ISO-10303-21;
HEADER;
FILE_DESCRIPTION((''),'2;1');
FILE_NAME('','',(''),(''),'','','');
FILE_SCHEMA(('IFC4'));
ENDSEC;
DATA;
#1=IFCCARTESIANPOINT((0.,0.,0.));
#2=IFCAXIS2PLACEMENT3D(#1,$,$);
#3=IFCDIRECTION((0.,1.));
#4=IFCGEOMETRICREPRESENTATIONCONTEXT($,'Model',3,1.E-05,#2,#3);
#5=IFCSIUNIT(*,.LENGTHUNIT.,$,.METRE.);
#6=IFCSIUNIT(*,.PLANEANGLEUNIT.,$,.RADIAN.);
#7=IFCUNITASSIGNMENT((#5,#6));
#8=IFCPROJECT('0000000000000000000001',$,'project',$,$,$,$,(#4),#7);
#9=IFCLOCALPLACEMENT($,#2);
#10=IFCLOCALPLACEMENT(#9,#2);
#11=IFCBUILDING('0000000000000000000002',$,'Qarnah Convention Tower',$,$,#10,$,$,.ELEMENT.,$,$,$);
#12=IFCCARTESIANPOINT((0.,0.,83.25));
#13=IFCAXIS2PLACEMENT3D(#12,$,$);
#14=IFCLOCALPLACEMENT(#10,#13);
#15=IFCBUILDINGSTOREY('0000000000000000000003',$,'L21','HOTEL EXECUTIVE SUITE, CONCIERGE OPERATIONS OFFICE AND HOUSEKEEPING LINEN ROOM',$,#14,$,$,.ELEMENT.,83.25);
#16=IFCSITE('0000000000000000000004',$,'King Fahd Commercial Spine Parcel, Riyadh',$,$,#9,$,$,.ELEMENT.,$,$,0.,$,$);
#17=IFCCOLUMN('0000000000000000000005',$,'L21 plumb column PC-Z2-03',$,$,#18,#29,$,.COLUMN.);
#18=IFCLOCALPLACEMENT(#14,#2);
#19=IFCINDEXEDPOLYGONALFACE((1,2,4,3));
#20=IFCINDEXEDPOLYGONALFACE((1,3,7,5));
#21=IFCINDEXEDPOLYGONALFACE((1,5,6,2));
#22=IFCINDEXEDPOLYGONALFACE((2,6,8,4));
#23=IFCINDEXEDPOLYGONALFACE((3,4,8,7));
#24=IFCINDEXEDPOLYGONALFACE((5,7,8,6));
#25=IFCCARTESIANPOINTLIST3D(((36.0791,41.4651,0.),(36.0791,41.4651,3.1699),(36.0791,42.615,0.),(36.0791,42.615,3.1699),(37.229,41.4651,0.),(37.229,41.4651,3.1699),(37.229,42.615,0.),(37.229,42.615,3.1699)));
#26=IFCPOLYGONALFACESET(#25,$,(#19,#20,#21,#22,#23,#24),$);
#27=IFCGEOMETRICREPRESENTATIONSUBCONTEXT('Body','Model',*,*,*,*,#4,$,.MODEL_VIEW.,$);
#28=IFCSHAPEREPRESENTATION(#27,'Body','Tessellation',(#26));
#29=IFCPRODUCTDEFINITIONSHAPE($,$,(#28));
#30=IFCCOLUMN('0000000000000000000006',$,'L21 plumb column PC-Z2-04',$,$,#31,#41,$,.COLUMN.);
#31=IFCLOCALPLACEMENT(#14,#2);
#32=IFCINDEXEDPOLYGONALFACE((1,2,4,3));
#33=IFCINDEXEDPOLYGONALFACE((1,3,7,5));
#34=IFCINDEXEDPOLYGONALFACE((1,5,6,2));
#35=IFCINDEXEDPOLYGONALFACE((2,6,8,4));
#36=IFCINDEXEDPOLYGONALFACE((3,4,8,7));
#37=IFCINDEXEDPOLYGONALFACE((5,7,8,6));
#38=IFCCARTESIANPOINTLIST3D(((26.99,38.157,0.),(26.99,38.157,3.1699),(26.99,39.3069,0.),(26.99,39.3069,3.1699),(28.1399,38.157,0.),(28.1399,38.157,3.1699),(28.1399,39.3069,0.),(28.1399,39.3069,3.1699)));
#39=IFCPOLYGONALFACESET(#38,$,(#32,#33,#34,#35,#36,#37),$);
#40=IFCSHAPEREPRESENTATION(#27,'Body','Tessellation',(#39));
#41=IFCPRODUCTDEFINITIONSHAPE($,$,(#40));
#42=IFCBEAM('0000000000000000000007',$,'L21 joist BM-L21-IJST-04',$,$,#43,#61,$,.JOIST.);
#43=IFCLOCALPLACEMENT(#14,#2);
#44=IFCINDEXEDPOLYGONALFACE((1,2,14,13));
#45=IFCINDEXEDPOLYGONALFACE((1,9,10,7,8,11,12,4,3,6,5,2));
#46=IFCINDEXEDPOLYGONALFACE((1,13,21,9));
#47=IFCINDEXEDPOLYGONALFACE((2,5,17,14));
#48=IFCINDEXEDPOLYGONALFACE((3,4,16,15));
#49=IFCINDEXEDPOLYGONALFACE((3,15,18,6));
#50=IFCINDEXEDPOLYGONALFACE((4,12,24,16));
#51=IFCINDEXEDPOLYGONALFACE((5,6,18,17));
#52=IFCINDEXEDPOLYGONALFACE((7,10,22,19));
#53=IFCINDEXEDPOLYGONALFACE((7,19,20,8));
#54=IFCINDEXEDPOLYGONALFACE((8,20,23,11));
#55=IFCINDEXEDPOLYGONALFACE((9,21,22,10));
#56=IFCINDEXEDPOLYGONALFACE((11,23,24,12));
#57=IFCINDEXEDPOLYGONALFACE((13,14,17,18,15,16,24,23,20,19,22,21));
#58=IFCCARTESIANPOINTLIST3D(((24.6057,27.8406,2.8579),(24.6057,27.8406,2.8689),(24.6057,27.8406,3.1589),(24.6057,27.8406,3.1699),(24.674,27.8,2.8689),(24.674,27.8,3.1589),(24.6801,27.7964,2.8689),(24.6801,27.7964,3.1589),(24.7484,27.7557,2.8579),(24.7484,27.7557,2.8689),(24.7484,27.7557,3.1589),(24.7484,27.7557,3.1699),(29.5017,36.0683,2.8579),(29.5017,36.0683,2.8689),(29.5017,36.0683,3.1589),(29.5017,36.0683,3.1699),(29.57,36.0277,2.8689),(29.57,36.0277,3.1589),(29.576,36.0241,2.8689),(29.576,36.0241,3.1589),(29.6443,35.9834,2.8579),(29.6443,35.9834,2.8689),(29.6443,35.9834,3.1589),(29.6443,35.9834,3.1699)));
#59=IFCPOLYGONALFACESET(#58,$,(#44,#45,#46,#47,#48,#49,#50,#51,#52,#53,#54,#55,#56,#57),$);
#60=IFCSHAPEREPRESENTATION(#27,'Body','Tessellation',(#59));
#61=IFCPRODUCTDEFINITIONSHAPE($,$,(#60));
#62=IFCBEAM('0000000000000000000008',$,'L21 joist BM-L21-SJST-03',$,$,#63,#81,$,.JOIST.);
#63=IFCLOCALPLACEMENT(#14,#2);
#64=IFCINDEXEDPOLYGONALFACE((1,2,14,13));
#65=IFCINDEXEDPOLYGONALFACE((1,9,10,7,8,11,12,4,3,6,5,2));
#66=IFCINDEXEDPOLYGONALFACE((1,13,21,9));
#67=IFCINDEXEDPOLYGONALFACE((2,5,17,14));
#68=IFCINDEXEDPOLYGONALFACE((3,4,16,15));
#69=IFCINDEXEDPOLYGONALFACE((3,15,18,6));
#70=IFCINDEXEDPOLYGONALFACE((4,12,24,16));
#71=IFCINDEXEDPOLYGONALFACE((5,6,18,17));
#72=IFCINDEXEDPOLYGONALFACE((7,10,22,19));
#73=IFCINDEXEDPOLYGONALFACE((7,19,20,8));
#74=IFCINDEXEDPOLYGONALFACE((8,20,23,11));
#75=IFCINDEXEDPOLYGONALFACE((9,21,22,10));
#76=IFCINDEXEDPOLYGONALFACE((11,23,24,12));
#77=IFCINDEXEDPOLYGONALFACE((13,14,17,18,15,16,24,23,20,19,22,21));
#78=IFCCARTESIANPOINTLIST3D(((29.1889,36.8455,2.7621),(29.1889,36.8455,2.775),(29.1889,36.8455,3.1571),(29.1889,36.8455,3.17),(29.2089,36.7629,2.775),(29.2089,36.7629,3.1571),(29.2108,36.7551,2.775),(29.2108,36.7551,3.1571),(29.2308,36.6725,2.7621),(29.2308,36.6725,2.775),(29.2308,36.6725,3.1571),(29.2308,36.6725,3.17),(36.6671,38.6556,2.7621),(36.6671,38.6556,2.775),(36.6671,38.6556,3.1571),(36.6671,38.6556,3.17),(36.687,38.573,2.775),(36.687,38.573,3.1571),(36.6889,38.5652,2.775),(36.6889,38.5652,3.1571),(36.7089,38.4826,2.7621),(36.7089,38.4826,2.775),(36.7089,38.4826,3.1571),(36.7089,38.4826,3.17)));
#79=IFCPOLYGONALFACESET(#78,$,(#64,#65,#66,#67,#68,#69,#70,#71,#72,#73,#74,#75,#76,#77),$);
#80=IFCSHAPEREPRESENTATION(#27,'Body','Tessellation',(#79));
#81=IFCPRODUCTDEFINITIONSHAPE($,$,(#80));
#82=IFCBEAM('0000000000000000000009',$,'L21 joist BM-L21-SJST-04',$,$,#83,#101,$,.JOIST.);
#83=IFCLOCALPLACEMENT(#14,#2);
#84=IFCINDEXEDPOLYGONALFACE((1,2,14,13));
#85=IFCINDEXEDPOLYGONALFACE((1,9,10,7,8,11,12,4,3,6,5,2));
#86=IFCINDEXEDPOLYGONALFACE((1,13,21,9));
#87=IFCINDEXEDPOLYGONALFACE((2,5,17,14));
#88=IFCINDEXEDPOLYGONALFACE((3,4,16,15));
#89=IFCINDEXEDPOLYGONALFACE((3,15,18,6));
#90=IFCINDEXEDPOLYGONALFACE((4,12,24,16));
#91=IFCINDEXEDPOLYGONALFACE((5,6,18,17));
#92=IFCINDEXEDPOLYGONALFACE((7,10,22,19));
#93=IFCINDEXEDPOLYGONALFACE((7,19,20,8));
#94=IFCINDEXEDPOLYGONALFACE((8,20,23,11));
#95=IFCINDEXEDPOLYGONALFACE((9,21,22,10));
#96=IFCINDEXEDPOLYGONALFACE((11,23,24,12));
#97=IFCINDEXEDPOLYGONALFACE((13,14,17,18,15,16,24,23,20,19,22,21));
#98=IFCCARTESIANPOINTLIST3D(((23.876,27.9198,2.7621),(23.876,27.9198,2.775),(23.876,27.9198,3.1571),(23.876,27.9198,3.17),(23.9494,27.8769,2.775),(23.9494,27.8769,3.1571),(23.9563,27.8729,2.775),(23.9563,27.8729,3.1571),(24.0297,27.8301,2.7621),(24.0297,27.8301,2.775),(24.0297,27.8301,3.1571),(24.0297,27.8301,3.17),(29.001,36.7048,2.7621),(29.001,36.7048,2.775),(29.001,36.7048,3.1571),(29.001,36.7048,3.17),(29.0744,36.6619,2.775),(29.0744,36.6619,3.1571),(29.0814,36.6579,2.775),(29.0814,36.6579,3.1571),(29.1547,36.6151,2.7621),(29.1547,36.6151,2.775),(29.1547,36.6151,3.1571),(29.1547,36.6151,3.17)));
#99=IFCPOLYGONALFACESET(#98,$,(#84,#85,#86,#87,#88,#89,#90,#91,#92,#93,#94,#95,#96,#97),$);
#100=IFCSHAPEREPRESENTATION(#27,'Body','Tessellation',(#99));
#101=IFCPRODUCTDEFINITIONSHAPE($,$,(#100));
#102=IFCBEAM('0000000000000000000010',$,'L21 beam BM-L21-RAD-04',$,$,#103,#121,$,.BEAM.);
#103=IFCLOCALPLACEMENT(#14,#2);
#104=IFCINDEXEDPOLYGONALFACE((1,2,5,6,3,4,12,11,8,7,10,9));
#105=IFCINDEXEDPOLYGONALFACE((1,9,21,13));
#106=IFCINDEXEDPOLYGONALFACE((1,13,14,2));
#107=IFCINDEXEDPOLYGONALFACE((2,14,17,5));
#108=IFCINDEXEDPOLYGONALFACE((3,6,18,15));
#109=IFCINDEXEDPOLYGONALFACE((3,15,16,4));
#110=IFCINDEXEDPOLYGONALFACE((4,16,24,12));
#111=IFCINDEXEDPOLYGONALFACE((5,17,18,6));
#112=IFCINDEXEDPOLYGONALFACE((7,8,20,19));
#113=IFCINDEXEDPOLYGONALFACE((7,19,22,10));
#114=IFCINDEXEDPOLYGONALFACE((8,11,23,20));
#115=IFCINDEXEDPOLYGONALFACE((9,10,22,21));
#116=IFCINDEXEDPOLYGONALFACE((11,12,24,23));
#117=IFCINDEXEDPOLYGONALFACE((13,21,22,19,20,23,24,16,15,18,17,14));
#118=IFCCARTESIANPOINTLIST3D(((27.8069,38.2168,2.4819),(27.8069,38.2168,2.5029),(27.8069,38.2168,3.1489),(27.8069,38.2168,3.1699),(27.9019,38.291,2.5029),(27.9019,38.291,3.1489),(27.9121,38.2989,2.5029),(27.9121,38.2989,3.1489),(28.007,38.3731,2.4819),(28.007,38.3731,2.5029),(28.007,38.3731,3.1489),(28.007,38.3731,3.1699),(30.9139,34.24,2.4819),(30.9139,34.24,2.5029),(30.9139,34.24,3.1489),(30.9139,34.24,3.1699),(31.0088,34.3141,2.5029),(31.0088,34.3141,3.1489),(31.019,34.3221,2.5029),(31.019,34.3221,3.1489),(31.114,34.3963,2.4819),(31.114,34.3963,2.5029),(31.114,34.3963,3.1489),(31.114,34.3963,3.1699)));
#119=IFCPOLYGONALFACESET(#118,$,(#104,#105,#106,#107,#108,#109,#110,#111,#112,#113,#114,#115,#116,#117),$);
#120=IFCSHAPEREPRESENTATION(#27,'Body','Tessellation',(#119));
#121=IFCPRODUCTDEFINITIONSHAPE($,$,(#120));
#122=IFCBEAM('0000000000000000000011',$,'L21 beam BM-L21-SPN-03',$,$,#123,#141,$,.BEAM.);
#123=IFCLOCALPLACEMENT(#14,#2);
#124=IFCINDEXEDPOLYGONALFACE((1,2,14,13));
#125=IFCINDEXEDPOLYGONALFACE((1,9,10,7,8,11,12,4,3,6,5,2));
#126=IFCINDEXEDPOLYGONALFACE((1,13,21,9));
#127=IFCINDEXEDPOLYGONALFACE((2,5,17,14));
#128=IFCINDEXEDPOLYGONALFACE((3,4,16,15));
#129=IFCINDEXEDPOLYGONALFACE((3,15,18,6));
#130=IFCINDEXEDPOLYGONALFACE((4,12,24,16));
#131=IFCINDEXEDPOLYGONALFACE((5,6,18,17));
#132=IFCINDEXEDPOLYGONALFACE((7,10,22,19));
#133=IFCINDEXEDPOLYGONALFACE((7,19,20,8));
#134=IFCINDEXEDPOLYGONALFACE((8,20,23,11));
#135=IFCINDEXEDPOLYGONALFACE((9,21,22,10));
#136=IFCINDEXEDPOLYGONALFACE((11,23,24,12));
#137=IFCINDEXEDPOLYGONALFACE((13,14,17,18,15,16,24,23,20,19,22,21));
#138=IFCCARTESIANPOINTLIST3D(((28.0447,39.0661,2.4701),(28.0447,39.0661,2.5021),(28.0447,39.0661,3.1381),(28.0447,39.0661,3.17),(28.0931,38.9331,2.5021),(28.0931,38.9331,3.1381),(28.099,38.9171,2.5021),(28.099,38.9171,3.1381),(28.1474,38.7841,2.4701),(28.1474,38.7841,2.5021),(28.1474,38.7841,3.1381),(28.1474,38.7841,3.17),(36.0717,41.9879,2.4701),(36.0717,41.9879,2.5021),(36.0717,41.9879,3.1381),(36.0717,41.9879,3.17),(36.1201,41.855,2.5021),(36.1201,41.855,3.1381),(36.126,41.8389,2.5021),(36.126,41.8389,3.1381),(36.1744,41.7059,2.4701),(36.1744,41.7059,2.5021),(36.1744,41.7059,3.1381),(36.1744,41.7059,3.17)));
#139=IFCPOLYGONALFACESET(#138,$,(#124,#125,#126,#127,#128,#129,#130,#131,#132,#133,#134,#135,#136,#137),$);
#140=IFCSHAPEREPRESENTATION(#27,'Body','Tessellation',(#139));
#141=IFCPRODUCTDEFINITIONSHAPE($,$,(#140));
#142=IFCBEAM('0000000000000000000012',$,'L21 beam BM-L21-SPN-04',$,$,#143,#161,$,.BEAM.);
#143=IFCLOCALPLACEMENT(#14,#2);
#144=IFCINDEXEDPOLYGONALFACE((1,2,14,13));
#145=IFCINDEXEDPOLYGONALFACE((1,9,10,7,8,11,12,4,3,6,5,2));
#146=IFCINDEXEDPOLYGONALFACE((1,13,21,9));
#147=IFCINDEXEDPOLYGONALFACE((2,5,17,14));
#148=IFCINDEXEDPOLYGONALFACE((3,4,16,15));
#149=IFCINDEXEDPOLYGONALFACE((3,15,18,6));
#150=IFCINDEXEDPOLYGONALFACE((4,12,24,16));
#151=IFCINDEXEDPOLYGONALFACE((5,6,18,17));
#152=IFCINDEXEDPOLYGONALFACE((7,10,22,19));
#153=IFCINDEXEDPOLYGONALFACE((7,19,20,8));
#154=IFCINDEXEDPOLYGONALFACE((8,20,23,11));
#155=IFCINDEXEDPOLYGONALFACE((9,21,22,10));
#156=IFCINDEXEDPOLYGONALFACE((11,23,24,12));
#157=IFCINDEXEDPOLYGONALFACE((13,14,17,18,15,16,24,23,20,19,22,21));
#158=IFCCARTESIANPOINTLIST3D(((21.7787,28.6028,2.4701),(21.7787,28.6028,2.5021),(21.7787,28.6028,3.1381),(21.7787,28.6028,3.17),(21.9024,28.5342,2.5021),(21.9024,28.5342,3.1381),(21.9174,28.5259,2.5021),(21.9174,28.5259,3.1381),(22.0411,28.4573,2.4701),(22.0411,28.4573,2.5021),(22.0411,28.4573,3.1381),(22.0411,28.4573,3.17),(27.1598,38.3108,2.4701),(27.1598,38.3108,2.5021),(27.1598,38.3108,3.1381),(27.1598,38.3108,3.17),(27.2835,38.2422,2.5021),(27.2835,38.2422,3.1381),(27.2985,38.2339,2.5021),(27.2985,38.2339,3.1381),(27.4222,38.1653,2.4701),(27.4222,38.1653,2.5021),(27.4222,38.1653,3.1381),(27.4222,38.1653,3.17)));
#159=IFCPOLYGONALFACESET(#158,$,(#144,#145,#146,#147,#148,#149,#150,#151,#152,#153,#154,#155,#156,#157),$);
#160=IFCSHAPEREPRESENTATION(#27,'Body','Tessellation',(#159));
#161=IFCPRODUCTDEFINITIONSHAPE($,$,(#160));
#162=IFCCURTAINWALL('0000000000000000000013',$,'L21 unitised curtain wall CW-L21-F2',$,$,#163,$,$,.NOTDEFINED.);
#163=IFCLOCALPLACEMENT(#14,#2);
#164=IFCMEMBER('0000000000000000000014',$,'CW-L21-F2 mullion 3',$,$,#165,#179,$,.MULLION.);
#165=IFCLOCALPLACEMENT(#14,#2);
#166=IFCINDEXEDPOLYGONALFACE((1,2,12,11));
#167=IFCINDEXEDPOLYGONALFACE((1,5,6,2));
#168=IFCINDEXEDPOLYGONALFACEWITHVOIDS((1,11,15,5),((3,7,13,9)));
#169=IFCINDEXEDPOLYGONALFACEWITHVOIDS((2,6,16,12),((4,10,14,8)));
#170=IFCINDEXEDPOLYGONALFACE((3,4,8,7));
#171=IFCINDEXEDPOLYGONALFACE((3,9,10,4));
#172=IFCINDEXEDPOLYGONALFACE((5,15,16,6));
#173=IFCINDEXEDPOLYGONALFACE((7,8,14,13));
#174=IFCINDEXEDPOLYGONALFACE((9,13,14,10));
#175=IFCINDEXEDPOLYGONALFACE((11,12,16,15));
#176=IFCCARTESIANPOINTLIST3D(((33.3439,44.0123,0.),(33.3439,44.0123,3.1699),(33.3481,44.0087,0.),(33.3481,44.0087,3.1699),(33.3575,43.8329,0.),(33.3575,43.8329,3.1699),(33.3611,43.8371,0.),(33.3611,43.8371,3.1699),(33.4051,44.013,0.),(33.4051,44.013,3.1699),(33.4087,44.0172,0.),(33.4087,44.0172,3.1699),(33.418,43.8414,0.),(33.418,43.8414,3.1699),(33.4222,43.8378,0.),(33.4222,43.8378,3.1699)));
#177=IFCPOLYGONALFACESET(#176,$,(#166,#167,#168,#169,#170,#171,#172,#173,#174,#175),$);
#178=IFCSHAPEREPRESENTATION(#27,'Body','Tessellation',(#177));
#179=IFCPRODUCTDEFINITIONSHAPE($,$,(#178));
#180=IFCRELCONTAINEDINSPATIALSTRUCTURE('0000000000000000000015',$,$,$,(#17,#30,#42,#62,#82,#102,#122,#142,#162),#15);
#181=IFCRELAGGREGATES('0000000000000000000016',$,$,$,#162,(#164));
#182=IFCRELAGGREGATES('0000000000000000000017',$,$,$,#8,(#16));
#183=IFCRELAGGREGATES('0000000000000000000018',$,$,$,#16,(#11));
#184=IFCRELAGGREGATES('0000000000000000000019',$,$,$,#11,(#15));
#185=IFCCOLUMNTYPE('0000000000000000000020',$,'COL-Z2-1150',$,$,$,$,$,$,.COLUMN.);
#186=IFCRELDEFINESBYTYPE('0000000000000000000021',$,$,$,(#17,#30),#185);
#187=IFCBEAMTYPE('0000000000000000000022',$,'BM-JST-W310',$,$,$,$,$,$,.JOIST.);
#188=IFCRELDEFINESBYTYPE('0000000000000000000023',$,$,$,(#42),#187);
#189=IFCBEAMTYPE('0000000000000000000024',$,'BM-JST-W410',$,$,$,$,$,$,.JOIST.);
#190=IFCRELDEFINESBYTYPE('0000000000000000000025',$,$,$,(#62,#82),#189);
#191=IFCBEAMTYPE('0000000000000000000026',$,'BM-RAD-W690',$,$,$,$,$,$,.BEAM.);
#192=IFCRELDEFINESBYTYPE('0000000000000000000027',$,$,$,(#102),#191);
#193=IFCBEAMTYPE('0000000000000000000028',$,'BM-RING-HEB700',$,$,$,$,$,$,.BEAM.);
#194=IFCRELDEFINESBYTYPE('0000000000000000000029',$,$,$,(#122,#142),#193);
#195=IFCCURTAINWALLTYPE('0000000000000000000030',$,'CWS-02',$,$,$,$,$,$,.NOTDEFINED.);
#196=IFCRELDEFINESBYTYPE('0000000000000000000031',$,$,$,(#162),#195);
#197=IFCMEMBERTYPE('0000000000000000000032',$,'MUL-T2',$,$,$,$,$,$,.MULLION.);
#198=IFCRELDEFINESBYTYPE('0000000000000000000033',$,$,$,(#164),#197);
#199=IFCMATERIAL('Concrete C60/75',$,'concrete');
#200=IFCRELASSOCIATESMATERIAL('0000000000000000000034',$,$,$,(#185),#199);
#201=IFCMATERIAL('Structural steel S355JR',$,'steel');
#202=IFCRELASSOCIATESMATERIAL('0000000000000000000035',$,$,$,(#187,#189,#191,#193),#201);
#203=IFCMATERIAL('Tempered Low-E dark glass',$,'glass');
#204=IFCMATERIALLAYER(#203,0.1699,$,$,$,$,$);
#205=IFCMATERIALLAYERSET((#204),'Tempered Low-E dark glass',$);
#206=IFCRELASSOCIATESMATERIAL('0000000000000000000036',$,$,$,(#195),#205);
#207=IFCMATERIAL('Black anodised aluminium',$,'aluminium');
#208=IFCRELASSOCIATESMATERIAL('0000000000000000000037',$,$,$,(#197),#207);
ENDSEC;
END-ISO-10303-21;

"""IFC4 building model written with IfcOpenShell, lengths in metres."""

from ifc_helpers import new_model, si_unit, direction, frame, origin, origin_2d, place, context, subcontext, project, spatial, rectangle, hollow_rectangle, i_section, extrude, material, layer, layer_set, material_profile, profile_set, type_object, element, aggregate, save


model = new_model("IFC4")

# Units and contexts
model_context = context("Model", 3, precision=1e-05, world=origin(), true_north=direction((0.0, 1.0)))
body_context = subcontext(model_context, "Body", "Model", "MODEL_VIEW")
ifc_project = project(units=[si_unit("LENGTHUNIT", "METRE"), si_unit("PLANEANGLEUNIT", "RADIAN")], contexts=[model_context])

# Site, building, storey
site_placement = place(None, origin())
site = spatial("IfcSite", under=ifc_project, at=site_placement, Name="King Fahd Commercial Spine Parcel, Riyadh", CompositionType="ELEMENT", RefElevation=0.0)
building_placement = place(site_placement, origin())
building = spatial("IfcBuilding", under=site, at=building_placement, Name="Qarnah Convention Tower", CompositionType="ELEMENT")
storey_placement = place(building_placement, frame((0.0, 0.0, 83.25)))
storey = spatial("IfcBuildingStorey", under=building, at=storey_placement, Name="L21", Description="HOTEL EXECUTIVE SUITE, CONCIERGE OPERATIONS OFFICE AND HOUSEKEEPING LINEN ROOM", CompositionType="ELEMENT", Elevation=83.25)

# Columns
ifc_material_1 = material(Name="Concrete C60/75", Category="concrete")
ifc_material_profile_1 = material_profile(ifc_material_1, rectangle(XDim=1.1499, YDim=1.1499, at=origin_2d()), Name="RC-COL-1150X1150")
ifc_profile_set_1 = profile_set([ifc_material_profile_1], Name="Concrete C60/75")
column_type = type_object("IfcColumnType", Name="COL-Z2-1150", PredefinedType="COLUMN", material=ifc_profile_set_1)
for number, where, z_axis, x_axis, name in (
    (1, (36.6541, 42.04, 0.0), (0.0, 0.0, 1.0), (1.0, 0.0, 0.0), "L21 plumb column PC-Z2-03"),
    (2, (27.5649, 38.7319, 0.0), (0.0, 0.0, 1.0), (1.0, 0.0, 0.0), "L21 plumb column PC-Z2-04"),
):
    element("IfcColumn", number, at=place(storey_placement, frame(where, z_axis=z_axis, x_axis=x_axis)), inside=storey, type_object=column_type, Name=name, PredefinedType="COLUMN", context=body_context, shape_type="SweptSolid", body=[
        extrude(rectangle(XDim=1.1499, YDim=1.1499, at=origin_2d()), origin(), (0.0, 0.0, 1.0), 3.1699),
    ])

# Beams
ifc_material_2 = material(Name="Structural steel S355JR", Category="steel")
ifc_material_profile_2 = material_profile(ifc_material_2, i_section(OverallWidth=0.166, OverallDepth=0.312, WebThickness=0.0071, FlangeThickness=0.011, at=origin_2d()), Name="W310X45")
ifc_profile_set_2 = profile_set([ifc_material_profile_2], Name="Structural steel S355JR")
beam_type_1 = type_object("IfcBeamType", Name="BM-JST-W310", PredefinedType="JOIST", material=ifc_profile_set_2)
beam_1_placement = place(storey_placement, frame((29.573, 36.0259, 3.0139), z_axis=(-0.511369, -0.859361, 0.0), x_axis=(0.859361, -0.511369, 0.0)))
element("IfcBeam", 3, at=beam_1_placement, inside=storey, type_object=beam_type_1, Name="L21 joist BM-L21-IJST-04", PredefinedType="JOIST", context=body_context, shape_type="SweptSolid", body=[
    extrude(i_section(OverallWidth=0.166, OverallDepth=0.312, WebThickness=0.0071, FlangeThickness=0.011, at=origin_2d()), origin(), (0.0, 0.0, 1.0), 9.5742),
])
ifc_material_profile_3 = material_profile(ifc_material_2, i_section(OverallWidth=0.178, OverallDepth=0.408, WebThickness=0.0081, FlangeThickness=0.0129, at=origin_2d()), Name="W410X60")
ifc_profile_set_3 = profile_set([ifc_material_profile_3], Name="Structural steel S355JR")
beam_type_2 = type_object("IfcBeamType", Name="BM-JST-W410", PredefinedType="JOIST", material=ifc_profile_set_3)
beam_2_placement = place(storey_placement, frame((36.688, 38.5691, 2.9661), z_axis=(-0.971933, -0.235257, 0.0), x_axis=(0.235257, -0.971933, 0.0)))
element("IfcBeam", 4, at=beam_2_placement, inside=storey, type_object=beam_type_2, Name="L21 joist BM-L21-SJST-03", PredefinedType="JOIST", context=body_context, shape_type="SweptSolid", body=[
    extrude(i_section(OverallWidth=0.178, OverallDepth=0.408, WebThickness=0.0081, FlangeThickness=0.0129, at=origin_2d()), origin(), (0.0, 0.0, 1.0), 7.6941),
])
beam_3_placement = place(storey_placement, frame((29.0779, 36.6599, 2.9661), z_axis=(-0.503905, -0.863759, 0.0), x_axis=(0.863759, -0.503905, 0.0)))
element("IfcBeam", 5, at=beam_3_placement, inside=storey, type_object=beam_type_2, Name="L21 joist BM-L21-SJST-04", PredefinedType="JOIST", context=body_context, shape_type="SweptSolid", body=[
    extrude(i_section(OverallWidth=0.178, OverallDepth=0.408, WebThickness=0.0081, FlangeThickness=0.0129, at=origin_2d()), origin(), (0.0, 0.0, 1.0), 10.1707),
])
ifc_material_profile_4 = material_profile(ifc_material_2, i_section(OverallWidth=0.2539, OverallDepth=0.688, WebThickness=0.0129, FlangeThickness=0.021, at=origin_2d()), Name="W690X152")
ifc_profile_set_4 = profile_set([ifc_material_profile_4], Name="Structural steel S355JR")
beam_type_3 = type_object("IfcBeamType", Name="BM-RAD-W690", PredefinedType="BEAM", material=ifc_profile_set_4)
beam_4_placement = place(storey_placement, frame((31.0139, 34.3181, 2.8259), z_axis=(-0.615651, 0.788019, 0.0), x_axis=(-0.788019, -0.615651, 0.0)))
element("IfcBeam", 6, at=beam_4_placement, inside=storey, type_object=beam_type_3, Name="L21 beam BM-L21-RAD-04", PredefinedType="BEAM", context=body_context, shape_type="SweptSolid", body=[
    extrude(i_section(OverallWidth=0.2539, OverallDepth=0.688, WebThickness=0.0129, FlangeThickness=0.021, at=origin_2d()), origin(), (0.0, 0.0, 1.0), 5.0466),
])
ifc_material_profile_5 = material_profile(ifc_material_2, i_section(OverallWidth=0.3, OverallDepth=0.7, WebThickness=0.0171, FlangeThickness=0.032, at=origin_2d()), Name="HEB700")
ifc_profile_set_5 = profile_set([ifc_material_profile_5], Name="Structural steel S355JR")
beam_type_4 = type_object("IfcBeamType", Name="BM-RING-HEB700", PredefinedType="BEAM", material=ifc_profile_set_5)
beam_5_placement = place(storey_placement, frame((36.123, 41.8469, 2.8201), z_axis=(-0.939683, -0.342046, 0.0), x_axis=(0.342046, -0.939683, 0.0)))
element("IfcBeam", 7, at=beam_5_placement, inside=storey, type_object=beam_type_4, Name="L21 beam BM-L21-SPN-03", PredefinedType="BEAM", context=body_context, shape_type="SweptSolid", body=[
    extrude(i_section(OverallWidth=0.3, OverallDepth=0.7, WebThickness=0.0171, FlangeThickness=0.032, at=origin_2d()), origin(), (0.0, 0.0, 1.0), 8.5422),
])
beam_6_placement = place(storey_placement, frame((27.291, 38.238, 2.8201), z_axis=(-0.4848, -0.874625, 0.0), x_axis=(0.874625, -0.4848, 0.0)))
element("IfcBeam", 8, at=beam_6_placement, inside=storey, type_object=beam_type_4, Name="L21 beam BM-L21-SPN-04", PredefinedType="BEAM", context=body_context, shape_type="SweptSolid", body=[
    extrude(i_section(OverallWidth=0.3, OverallDepth=0.7, WebThickness=0.0171, FlangeThickness=0.032, at=origin_2d()), origin(), (0.0, 0.0, 1.0), 11.0996),
])

# Curtain wall, member
ifc_material_3 = material(Name="Tempered Low-E dark glass", Category="glass")
ifc_layer_1 = layer(ifc_material_3, 0.1699)
ifc_layer_set_1 = layer_set([ifc_layer_1], Name="Tempered Low-E dark glass")
curtain_wall_type = type_object("IfcCurtainWallType", Name="CWS-02", PredefinedType="NOTDEFINED", material=ifc_layer_set_1)
curtain_wall_placement = place(storey_placement, origin())
curtain_wall = element("IfcCurtainWall", 9, at=curtain_wall_placement, inside=storey, type_object=curtain_wall_type, Name="L21 unitised curtain wall CW-L21-F2", PredefinedType="NOTDEFINED")
ifc_material_4 = material(Name="Black anodised aluminium", Category="aluminium")
ifc_material_profile_6 = material_profile(ifc_material_4, hollow_rectangle(XDim=0.0649, YDim=0.1799, WallThickness=0.0039, at=origin_2d()), Name="MUL-65X180")
ifc_profile_set_6 = profile_set([ifc_material_profile_6], Name="Black anodised aluminium")
member_type = type_object("IfcMemberType", Name="MUL-T2", PredefinedType="MULLION", material=ifc_profile_set_6)
member_placement = place(storey_placement, frame((33.3831, 43.925, 0.0), z_axis=(0.0, 0.0, 1.0), x_axis=(0.997159, 0.075327, 0.0)))
member = element("IfcMember", 10, at=member_placement, type_object=member_type, Name="CW-L21-F2 mullion 3", PredefinedType="MULLION", context=body_context, shape_type="SweptSolid", body=[
    extrude(hollow_rectangle(XDim=0.0649, YDim=0.1799, WallThickness=0.0039, at=origin_2d()), origin(), (0.0, 0.0, 1.0), 3.1699),
])
aggregate(curtain_wall, [member])

save(model, "model.ifc")
